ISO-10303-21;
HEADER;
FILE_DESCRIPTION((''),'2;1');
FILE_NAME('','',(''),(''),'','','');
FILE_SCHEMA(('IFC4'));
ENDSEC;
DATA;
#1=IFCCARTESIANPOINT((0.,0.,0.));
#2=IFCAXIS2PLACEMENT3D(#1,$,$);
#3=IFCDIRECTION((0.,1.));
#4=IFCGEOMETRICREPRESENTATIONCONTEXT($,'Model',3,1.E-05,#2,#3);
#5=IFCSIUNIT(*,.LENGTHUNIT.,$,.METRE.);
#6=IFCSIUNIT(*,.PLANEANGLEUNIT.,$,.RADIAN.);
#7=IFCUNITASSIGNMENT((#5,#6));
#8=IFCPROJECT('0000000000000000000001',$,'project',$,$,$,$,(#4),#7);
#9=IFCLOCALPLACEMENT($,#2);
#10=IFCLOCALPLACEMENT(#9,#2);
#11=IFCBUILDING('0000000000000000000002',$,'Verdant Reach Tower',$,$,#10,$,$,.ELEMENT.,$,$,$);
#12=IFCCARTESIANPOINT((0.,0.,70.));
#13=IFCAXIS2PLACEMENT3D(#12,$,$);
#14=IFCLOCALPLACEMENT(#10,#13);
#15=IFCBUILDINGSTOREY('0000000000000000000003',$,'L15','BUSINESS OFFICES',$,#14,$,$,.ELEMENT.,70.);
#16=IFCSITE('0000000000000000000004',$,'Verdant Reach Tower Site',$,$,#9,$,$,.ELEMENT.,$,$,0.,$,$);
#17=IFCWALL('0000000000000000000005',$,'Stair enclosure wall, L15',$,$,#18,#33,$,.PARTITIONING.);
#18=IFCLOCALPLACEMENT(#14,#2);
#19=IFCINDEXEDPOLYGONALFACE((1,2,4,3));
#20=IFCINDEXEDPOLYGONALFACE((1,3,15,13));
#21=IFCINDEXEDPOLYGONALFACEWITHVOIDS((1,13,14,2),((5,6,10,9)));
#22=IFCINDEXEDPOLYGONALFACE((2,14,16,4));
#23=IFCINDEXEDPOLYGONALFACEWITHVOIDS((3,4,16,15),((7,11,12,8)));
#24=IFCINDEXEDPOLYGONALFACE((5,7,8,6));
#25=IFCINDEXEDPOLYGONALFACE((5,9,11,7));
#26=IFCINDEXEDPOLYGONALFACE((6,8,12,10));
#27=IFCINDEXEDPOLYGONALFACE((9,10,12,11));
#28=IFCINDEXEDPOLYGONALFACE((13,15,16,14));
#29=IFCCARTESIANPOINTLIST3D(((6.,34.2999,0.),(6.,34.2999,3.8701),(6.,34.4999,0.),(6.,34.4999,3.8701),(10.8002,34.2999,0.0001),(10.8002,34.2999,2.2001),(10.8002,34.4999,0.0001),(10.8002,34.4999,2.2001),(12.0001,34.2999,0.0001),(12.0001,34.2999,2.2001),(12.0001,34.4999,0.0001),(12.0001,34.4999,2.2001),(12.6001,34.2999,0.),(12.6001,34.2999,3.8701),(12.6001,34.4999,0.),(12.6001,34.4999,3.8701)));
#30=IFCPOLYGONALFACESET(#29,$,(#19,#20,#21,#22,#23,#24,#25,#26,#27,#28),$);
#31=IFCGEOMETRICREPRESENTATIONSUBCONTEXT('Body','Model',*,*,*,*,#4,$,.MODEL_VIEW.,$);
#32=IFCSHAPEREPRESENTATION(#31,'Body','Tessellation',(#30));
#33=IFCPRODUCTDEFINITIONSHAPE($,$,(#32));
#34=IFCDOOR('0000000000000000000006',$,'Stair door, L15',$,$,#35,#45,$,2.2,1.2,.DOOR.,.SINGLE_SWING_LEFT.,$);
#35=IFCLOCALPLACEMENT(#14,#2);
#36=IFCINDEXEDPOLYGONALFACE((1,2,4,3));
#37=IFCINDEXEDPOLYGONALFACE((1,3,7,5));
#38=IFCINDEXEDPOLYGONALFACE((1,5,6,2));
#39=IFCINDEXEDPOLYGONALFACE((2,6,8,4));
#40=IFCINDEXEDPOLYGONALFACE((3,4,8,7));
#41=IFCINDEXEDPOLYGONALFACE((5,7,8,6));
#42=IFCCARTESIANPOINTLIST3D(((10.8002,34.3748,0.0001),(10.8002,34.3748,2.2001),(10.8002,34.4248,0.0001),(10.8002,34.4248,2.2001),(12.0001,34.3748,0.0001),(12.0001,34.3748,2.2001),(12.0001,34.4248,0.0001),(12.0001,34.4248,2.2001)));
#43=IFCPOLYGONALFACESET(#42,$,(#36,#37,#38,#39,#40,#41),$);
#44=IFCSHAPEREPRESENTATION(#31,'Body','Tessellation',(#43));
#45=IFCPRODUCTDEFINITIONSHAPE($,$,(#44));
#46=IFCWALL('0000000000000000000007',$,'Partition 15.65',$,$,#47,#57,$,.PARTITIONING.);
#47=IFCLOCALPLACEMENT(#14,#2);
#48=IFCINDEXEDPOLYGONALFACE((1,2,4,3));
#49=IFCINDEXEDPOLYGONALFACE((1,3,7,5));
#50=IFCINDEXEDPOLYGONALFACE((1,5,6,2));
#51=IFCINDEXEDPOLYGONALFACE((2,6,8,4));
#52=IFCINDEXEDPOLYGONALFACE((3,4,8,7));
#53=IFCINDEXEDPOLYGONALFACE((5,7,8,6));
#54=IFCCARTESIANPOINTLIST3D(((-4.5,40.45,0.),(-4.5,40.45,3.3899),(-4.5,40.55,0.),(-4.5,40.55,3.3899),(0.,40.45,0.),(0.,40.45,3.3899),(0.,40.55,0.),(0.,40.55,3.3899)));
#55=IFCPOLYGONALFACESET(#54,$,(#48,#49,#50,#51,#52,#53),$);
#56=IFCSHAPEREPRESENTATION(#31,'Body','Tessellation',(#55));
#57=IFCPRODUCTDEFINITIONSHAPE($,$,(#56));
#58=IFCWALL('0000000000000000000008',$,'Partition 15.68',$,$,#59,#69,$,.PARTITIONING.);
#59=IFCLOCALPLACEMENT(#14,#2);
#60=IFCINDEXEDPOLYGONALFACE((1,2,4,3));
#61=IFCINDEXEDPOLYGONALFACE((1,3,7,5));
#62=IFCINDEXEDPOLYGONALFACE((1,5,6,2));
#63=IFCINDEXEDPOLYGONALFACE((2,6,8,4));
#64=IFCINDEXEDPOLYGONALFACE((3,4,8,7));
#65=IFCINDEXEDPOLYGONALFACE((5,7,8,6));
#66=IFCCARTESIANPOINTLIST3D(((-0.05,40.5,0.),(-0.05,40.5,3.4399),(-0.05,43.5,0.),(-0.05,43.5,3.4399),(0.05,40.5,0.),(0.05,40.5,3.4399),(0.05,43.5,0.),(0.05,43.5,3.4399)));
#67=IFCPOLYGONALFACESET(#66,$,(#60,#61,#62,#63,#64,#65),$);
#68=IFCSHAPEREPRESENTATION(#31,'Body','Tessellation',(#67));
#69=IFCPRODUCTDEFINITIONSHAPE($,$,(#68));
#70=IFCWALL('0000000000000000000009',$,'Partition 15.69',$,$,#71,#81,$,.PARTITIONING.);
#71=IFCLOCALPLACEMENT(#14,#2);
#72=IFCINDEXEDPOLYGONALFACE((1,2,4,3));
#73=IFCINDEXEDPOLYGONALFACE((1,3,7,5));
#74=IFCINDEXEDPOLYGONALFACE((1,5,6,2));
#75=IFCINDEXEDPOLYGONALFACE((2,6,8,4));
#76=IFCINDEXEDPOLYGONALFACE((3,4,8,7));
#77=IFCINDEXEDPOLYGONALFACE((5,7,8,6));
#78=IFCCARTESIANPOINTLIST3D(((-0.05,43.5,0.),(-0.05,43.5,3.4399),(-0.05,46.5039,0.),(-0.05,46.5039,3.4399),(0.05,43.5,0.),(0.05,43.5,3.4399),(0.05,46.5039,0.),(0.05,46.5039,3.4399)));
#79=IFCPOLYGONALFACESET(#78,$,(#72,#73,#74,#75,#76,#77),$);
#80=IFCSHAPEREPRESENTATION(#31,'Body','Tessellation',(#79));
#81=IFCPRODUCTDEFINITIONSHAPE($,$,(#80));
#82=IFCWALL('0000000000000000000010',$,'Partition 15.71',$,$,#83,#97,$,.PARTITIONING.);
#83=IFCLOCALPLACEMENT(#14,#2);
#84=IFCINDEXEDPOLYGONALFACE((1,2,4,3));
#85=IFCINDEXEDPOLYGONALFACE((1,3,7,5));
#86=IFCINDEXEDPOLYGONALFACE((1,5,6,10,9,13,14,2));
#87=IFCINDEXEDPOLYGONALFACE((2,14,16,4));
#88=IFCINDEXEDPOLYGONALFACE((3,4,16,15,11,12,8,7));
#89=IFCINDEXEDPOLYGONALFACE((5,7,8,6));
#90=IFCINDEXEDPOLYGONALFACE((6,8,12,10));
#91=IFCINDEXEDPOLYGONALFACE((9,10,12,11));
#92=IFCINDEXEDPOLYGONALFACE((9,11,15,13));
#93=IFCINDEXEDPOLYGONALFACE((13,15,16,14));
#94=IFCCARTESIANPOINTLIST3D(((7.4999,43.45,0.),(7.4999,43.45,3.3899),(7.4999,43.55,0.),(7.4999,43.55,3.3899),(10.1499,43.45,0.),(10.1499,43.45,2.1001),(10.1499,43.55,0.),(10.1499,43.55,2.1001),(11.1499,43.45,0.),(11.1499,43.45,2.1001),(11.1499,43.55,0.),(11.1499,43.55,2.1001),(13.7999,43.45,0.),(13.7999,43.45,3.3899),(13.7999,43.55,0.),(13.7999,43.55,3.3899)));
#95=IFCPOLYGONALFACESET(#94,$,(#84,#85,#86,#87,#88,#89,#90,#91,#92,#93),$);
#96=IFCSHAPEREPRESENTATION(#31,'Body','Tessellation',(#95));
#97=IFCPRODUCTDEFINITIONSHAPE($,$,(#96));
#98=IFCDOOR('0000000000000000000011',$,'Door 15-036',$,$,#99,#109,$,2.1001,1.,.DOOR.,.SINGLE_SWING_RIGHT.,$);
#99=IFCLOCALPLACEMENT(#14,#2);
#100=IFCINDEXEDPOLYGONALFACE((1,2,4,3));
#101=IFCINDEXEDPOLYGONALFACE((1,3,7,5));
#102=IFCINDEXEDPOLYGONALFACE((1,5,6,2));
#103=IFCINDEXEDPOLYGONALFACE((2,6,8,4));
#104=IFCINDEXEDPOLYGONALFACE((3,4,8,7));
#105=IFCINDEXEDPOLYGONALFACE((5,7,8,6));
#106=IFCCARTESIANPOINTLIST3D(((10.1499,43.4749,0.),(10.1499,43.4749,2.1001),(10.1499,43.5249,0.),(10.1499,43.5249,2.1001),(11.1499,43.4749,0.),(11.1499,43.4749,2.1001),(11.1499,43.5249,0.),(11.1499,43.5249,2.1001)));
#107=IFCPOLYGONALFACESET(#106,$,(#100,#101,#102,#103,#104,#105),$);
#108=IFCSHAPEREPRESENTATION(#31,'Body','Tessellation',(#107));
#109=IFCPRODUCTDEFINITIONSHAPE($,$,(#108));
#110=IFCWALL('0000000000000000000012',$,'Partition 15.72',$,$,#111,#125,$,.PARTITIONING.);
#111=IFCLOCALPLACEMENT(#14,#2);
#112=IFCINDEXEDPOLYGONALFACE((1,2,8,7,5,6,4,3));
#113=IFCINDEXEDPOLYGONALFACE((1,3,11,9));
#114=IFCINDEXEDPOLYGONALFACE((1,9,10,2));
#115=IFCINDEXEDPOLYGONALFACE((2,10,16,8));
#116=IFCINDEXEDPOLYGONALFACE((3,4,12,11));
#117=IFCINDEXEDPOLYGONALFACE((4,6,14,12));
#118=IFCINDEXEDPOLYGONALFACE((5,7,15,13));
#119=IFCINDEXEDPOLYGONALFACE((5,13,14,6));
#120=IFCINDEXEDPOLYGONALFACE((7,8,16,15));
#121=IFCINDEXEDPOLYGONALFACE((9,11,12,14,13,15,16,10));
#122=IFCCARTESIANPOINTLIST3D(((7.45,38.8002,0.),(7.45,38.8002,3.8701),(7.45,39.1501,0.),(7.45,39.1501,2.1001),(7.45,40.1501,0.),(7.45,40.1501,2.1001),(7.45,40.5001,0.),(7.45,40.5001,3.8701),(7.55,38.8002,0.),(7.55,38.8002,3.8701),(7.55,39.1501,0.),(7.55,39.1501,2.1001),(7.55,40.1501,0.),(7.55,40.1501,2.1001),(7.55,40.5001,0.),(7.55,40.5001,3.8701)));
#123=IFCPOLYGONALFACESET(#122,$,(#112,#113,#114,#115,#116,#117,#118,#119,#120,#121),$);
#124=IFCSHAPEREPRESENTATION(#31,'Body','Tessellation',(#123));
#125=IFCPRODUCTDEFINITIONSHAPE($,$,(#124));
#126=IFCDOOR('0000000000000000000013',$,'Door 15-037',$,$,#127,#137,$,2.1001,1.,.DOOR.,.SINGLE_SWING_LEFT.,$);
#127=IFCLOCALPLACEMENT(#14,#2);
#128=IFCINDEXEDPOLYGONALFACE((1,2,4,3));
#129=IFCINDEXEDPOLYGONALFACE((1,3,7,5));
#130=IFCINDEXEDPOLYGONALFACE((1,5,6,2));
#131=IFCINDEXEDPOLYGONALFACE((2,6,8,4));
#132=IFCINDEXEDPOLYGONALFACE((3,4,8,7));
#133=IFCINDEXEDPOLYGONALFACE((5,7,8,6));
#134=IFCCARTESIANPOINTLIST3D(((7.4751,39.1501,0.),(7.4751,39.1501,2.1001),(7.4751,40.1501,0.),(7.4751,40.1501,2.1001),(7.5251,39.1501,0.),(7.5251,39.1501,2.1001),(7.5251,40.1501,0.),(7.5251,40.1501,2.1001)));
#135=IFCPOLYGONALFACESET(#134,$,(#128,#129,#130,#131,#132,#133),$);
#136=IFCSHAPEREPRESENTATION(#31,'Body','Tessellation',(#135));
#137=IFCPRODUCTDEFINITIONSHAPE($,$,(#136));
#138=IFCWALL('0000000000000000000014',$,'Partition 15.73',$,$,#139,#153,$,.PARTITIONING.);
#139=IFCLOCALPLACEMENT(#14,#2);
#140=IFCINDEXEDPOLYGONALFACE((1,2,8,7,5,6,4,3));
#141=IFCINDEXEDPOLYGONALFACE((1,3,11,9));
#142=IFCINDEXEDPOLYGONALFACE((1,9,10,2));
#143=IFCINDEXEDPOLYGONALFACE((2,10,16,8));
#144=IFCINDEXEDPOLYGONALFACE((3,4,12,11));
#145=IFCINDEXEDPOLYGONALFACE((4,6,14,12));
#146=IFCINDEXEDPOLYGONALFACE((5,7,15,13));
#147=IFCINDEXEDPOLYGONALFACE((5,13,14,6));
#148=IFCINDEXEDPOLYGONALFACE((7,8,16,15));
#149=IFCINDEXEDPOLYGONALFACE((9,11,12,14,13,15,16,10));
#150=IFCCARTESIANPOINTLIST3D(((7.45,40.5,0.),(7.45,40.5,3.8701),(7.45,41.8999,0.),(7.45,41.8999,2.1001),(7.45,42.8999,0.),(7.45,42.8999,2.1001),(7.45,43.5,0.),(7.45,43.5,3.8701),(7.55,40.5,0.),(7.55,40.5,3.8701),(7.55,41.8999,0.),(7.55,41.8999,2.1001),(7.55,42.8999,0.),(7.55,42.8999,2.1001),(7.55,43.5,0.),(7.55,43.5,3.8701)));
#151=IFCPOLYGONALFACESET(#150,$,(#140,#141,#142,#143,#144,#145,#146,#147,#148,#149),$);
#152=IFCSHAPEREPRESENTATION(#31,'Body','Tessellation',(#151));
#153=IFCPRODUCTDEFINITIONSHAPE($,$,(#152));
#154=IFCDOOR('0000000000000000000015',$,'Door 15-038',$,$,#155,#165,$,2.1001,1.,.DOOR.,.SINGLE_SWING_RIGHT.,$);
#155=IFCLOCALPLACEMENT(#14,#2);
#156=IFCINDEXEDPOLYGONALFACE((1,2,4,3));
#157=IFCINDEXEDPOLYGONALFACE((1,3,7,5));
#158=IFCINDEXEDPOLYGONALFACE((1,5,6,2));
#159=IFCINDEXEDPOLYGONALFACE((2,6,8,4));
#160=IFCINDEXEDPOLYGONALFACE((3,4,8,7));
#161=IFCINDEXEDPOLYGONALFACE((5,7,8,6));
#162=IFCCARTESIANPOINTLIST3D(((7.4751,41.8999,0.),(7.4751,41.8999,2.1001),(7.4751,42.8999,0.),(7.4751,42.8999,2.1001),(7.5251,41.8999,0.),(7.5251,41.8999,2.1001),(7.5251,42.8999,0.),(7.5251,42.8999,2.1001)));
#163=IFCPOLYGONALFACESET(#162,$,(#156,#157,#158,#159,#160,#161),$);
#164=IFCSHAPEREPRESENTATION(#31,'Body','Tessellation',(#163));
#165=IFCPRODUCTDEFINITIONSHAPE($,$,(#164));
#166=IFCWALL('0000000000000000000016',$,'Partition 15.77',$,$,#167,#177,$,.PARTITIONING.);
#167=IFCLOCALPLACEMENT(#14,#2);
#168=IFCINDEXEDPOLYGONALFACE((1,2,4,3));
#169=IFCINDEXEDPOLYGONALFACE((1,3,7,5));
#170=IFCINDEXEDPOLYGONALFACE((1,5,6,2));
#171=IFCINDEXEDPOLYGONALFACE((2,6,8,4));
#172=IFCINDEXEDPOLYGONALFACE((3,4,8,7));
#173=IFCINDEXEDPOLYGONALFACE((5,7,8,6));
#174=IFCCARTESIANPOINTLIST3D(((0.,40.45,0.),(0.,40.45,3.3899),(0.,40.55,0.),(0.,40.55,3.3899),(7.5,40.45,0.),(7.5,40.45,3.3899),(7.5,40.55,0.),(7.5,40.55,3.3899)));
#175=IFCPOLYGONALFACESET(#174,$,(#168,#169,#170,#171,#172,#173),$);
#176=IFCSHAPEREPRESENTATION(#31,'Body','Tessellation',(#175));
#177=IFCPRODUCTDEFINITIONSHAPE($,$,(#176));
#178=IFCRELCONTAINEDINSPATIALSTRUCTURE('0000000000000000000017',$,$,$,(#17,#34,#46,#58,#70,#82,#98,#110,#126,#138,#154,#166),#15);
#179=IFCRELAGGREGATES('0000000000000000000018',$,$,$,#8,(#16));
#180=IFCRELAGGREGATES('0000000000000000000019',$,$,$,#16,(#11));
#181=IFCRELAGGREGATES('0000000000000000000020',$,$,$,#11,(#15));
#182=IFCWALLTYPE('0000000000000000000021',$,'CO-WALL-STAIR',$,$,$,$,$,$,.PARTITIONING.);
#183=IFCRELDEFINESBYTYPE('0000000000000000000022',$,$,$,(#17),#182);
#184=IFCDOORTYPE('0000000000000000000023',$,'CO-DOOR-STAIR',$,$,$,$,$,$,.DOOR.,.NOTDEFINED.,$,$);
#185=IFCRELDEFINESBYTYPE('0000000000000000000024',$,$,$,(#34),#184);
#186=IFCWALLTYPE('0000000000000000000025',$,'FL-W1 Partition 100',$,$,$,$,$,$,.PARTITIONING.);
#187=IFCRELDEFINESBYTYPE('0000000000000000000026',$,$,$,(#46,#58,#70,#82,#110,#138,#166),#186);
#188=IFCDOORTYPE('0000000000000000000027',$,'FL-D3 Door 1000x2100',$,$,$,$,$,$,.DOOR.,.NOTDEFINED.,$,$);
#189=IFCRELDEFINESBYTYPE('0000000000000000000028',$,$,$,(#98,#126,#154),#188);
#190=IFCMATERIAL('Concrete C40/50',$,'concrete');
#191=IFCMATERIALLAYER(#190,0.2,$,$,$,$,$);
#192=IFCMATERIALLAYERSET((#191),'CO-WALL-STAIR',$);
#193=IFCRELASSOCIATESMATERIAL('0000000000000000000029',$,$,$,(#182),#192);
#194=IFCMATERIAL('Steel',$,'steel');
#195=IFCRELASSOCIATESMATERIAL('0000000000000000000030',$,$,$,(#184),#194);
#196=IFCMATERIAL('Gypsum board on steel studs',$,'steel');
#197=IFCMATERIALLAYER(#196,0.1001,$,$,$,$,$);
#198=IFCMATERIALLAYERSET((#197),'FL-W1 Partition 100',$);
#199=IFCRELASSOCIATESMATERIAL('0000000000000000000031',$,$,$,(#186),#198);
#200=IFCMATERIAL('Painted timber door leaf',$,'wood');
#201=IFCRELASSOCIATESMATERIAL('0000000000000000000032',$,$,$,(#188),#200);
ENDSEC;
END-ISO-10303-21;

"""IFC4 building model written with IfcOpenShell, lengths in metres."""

from ifc_helpers import new_model, si_unit, direction, frame, frame_2d, origin, place, context, subcontext, project, spatial, rectangle, extrude, material, layer, layer_set, type_object, element, fill, save


model = new_model("IFC4")

# Units and contexts
model_context = context("Model", 3, precision=1e-05, world=origin(), true_north=direction((0.0, 1.0)))
body_context = subcontext(model_context, "Body", "Model", "MODEL_VIEW")
ifc_project = project(units=[si_unit("LENGTHUNIT", "METRE"), si_unit("PLANEANGLEUNIT", "RADIAN")], contexts=[model_context])

# Site, building, storey
site_placement = place(None, origin())
site = spatial("IfcSite", under=ifc_project, at=site_placement, Name="Verdant Reach Tower Site", CompositionType="ELEMENT", RefElevation=0.0)
building_placement = place(site_placement, origin())
building = spatial("IfcBuilding", under=site, at=building_placement, Name="Verdant Reach Tower", CompositionType="ELEMENT")
storey_placement = place(building_placement, frame((0.0, 0.0, 70.0)))
storey = spatial("IfcBuildingStorey", under=building, at=storey_placement, Name="L15", Description="BUSINESS OFFICES", CompositionType="ELEMENT", Elevation=70.0)

# Shared definitions
ifc_material_1 = material(Name="Concrete C40/50", Category="concrete")
ifc_layer_1 = layer(ifc_material_1, 0.2)
ifc_layer_set_1 = layer_set([ifc_layer_1], Name="CO-WALL-STAIR")
wall_type_1 = type_object("IfcWallType", Name="CO-WALL-STAIR", PredefinedType="PARTITIONING", material=ifc_layer_set_1)

# Wall, opening, door
wall_1_placement = place(storey_placement, frame((6.0, 34.3999, 0.0), z_axis=(0.0, 0.0, 1.0), x_axis=(1.0, 0.0, 0.0)))
wall_1 = element("IfcWall", 1, at=wall_1_placement, inside=storey, type_object=wall_type_1, Name="Stair enclosure wall, L15", PredefinedType="PARTITIONING", context=body_context, shape_type="SweptSolid", body=[
    extrude(rectangle(XDim=6.6001, YDim=0.2, at=frame_2d((3.3, 0.0))), origin(), (0.0, 0.0, 1.0), 3.8701),
])
opening_1_placement = place(wall_1_placement, frame((4.8, 0.0, 0.0)))
opening_1 = element("IfcOpeningElement", 2, at=opening_1_placement, cuts=wall_1, PredefinedType="OPENING", context=body_context, shape_type="SweptSolid", body=[
    extrude(rectangle(XDim=1.2, YDim=2.2, at=frame_2d((0.6001, 1.1001))), frame((0.0, 0.1099, 0.0), z_axis=(0.0, -1.0, 0.0), x_axis=(1.0, 0.0, 0.0)), (0.0, 0.0, 1.0), 0.22),
])
ifc_material_2 = material(Name="Steel", Category="steel")
door_type_1 = type_object("IfcDoorType", Name="CO-DOOR-STAIR", OperationType="NOTDEFINED", PredefinedType="DOOR", material=ifc_material_2)
door_1_placement = place(opening_1_placement, origin())
door_1 = element("IfcDoor", 3, at=door_1_placement, inside=storey, type_object=door_type_1, Name="Stair door, L15", OperationType="SINGLE_SWING_LEFT", OverallHeight=2.2, OverallWidth=1.2, PredefinedType="DOOR", context=body_context, shape_type="SweptSolid", body=[
    extrude(rectangle(XDim=1.2, YDim=2.2, at=frame_2d((0.6001, 1.1001))), frame((0.0, 0.0249, 0.0), z_axis=(0.0, -1.0, 0.0), x_axis=(1.0, 0.0, 0.0)), (0.0, 0.0, 1.0), 0.05),
])
fill(opening_1, door_1)

# Walls
ifc_material_3 = material(Name="Gypsum board on steel studs", Category="steel")
ifc_layer_2 = layer(ifc_material_3, 0.1001)
ifc_layer_set_2 = layer_set([ifc_layer_2], Name="FL-W1 Partition 100")
wall_type_2 = type_object("IfcWallType", Name="FL-W1 Partition 100", PredefinedType="PARTITIONING", material=ifc_layer_set_2)
wall_2_placement = place(storey_placement, frame((0.0, 40.5, 0.0), z_axis=(0.0, 0.0, 1.0), x_axis=(-1.0, 0.0, 0.0)))
element("IfcWall", 4, at=wall_2_placement, inside=storey, type_object=wall_type_2, Name="Partition 15.65", PredefinedType="PARTITIONING", context=body_context, shape_type="SweptSolid", body=[
    extrude(rectangle(XDim=4.5, YDim=0.1001, at=frame_2d((2.25, 0.0))), origin(), (0.0, 0.0, 1.0), 3.3899),
])
wall_3_placement = place(storey_placement, frame((0.0, 40.5, 0.0), z_axis=(0.0, 0.0, 1.0), x_axis=(0.0, 1.0, 0.0)))
element("IfcWall", 5, at=wall_3_placement, inside=storey, type_object=wall_type_2, Name="Partition 15.68", PredefinedType="PARTITIONING", context=body_context, shape_type="SweptSolid", body=[
    extrude(rectangle(XDim=3.0, YDim=0.1001, at=frame_2d((1.5, 0.0))), origin(), (0.0, 0.0, 1.0), 3.4399),
])
wall_4_placement = place(storey_placement, frame((0.0, 43.5, 0.0), z_axis=(0.0, 0.0, 1.0), x_axis=(0.0, 1.0, 0.0)))
element("IfcWall", 6, at=wall_4_placement, inside=storey, type_object=wall_type_2, Name="Partition 15.69", PredefinedType="PARTITIONING", context=body_context, shape_type="SweptSolid", body=[
    extrude(rectangle(XDim=3.0039, YDim=0.1001, at=frame_2d((1.502, 0.0))), origin(), (0.0, 0.0, 1.0), 3.4399),
])

# Walls, openings, doors
wall_5_placement = place(storey_placement, frame((7.5, 43.5, 0.0), z_axis=(0.0, 0.0, 1.0), x_axis=(1.0, 0.0, 0.0)))
wall_5 = element("IfcWall", 7, at=wall_5_placement, inside=storey, type_object=wall_type_2, Name="Partition 15.71", PredefinedType="PARTITIONING", context=body_context, shape_type="SweptSolid", body=[
    extrude(rectangle(XDim=6.3, YDim=0.1001, at=frame_2d((3.1499, 0.0))), origin(), (0.0, 0.0, 1.0), 3.3899),
])
opening_2_placement = place(wall_5_placement, frame((2.6499, 0.0, 0.0)))
opening_2 = element("IfcOpeningElement", 8, at=opening_2_placement, cuts=wall_5, PredefinedType="OPENING", context=body_context, shape_type="SweptSolid", body=[
    extrude(rectangle(XDim=1.0, YDim=2.1001, at=frame_2d((0.5, 1.05))), frame((0.0, 0.0601, 0.0), z_axis=(0.0, -1.0, 0.0), x_axis=(1.0, 0.0, 0.0)), (0.0, 0.0, 1.0), 0.1201),
])
ifc_material_4 = material(Name="Painted timber door leaf", Category="wood")
door_type_2 = type_object("IfcDoorType", Name="FL-D3 Door 1000x2100", OperationType="NOTDEFINED", PredefinedType="DOOR", material=ifc_material_4)
door_2_placement = place(opening_2_placement, origin())
door_2 = element("IfcDoor", 9, at=door_2_placement, inside=storey, type_object=door_type_2, Name="Door 15-036", OperationType="SINGLE_SWING_RIGHT", OverallHeight=2.1001, OverallWidth=1.0, PredefinedType="DOOR", context=body_context, shape_type="SweptSolid", body=[
    extrude(rectangle(XDim=1.0, YDim=2.1001, at=frame_2d((0.5, 1.05))), frame((0.0, 0.0249, 0.0), z_axis=(0.0, -1.0, 0.0), x_axis=(1.0, 0.0, 0.0)), (0.0, 0.0, 1.0), 0.05),
])
fill(opening_2, door_2)
wall_6_placement = place(storey_placement, frame((7.5, 38.8, 0.0), z_axis=(0.0, 0.0, 1.0), x_axis=(0.0, 1.0, 0.0)))
wall_6 = element("IfcWall", 10, at=wall_6_placement, inside=storey, type_object=wall_type_2, Name="Partition 15.72", PredefinedType="PARTITIONING", context=body_context, shape_type="SweptSolid", body=[
    extrude(rectangle(XDim=1.7, YDim=0.1001, at=frame_2d((0.8501, 0.0))), origin(), (0.0, 0.0, 1.0), 3.8701),
])
opening_3_placement = place(wall_6_placement, frame((0.3501, 0.0, 0.0)))
opening_3 = element("IfcOpeningElement", 11, at=opening_3_placement, cuts=wall_6, PredefinedType="OPENING", context=body_context, shape_type="SweptSolid", body=[
    extrude(rectangle(XDim=1.0, YDim=2.1001, at=frame_2d((0.5, 1.05))), frame((0.0, 0.0601, 0.0), z_axis=(0.0, -1.0, 0.0), x_axis=(1.0, 0.0, 0.0)), (0.0, 0.0, 1.0), 0.1201),
])
door_3_placement = place(opening_3_placement, origin())
door_3 = element("IfcDoor", 12, at=door_3_placement, inside=storey, type_object=door_type_2, Name="Door 15-037", OperationType="SINGLE_SWING_LEFT", OverallHeight=2.1001, OverallWidth=1.0, PredefinedType="DOOR", context=body_context, shape_type="SweptSolid", body=[
    extrude(rectangle(XDim=1.0, YDim=2.1001, at=frame_2d((0.5, 1.05))), frame((0.0, 0.0249, 0.0), z_axis=(0.0, -1.0, 0.0), x_axis=(1.0, 0.0, 0.0)), (0.0, 0.0, 1.0), 0.05),
])
fill(opening_3, door_3)
wall_7_placement = place(storey_placement, frame((7.5, 40.5, 0.0), z_axis=(0.0, 0.0, 1.0), x_axis=(0.0, 1.0, 0.0)))
wall_7 = element("IfcWall", 13, at=wall_7_placement, inside=storey, type_object=wall_type_2, Name="Partition 15.73", PredefinedType="PARTITIONING", context=body_context, shape_type="SweptSolid", body=[
    extrude(rectangle(XDim=3.0, YDim=0.1001, at=frame_2d((1.5, 0.0))), origin(), (0.0, 0.0, 1.0), 3.8701),
])
opening_4_placement = place(wall_7_placement, frame((1.3999, 0.0, 0.0)))
opening_4 = element("IfcOpeningElement", 14, at=opening_4_placement, cuts=wall_7, PredefinedType="OPENING", context=body_context, shape_type="SweptSolid", body=[
    extrude(rectangle(XDim=1.0, YDim=2.1001, at=frame_2d((0.5, 1.05))), frame((0.0, 0.0601, 0.0), z_axis=(0.0, -1.0, 0.0), x_axis=(1.0, 0.0, 0.0)), (0.0, 0.0, 1.0), 0.1201),
])
door_4_placement = place(opening_4_placement, origin())
door_4 = element("IfcDoor", 15, at=door_4_placement, inside=storey, type_object=door_type_2, Name="Door 15-038", OperationType="SINGLE_SWING_RIGHT", OverallHeight=2.1001, OverallWidth=1.0, PredefinedType="DOOR", context=body_context, shape_type="SweptSolid", body=[
    extrude(rectangle(XDim=1.0, YDim=2.1001, at=frame_2d((0.5, 1.05))), frame((0.0, 0.0249, 0.0), z_axis=(0.0, -1.0, 0.0), x_axis=(1.0, 0.0, 0.0)), (0.0, 0.0, 1.0), 0.05),
])
fill(opening_4, door_4)

# Wall
wall_8_placement = place(storey_placement, frame((7.5, 40.5, 0.0), z_axis=(0.0, 0.0, 1.0), x_axis=(-1.0, 0.0, 0.0)))
element("IfcWall", 16, at=wall_8_placement, inside=storey, type_object=wall_type_2, Name="Partition 15.77", PredefinedType="PARTITIONING", context=body_context, shape_type="SweptSolid", body=[
    extrude(rectangle(XDim=7.5, YDim=0.1001, at=frame_2d((3.75, 0.0))), origin(), (0.0, 0.0, 1.0), 3.3899),
])

save(model, "model.ifc")
